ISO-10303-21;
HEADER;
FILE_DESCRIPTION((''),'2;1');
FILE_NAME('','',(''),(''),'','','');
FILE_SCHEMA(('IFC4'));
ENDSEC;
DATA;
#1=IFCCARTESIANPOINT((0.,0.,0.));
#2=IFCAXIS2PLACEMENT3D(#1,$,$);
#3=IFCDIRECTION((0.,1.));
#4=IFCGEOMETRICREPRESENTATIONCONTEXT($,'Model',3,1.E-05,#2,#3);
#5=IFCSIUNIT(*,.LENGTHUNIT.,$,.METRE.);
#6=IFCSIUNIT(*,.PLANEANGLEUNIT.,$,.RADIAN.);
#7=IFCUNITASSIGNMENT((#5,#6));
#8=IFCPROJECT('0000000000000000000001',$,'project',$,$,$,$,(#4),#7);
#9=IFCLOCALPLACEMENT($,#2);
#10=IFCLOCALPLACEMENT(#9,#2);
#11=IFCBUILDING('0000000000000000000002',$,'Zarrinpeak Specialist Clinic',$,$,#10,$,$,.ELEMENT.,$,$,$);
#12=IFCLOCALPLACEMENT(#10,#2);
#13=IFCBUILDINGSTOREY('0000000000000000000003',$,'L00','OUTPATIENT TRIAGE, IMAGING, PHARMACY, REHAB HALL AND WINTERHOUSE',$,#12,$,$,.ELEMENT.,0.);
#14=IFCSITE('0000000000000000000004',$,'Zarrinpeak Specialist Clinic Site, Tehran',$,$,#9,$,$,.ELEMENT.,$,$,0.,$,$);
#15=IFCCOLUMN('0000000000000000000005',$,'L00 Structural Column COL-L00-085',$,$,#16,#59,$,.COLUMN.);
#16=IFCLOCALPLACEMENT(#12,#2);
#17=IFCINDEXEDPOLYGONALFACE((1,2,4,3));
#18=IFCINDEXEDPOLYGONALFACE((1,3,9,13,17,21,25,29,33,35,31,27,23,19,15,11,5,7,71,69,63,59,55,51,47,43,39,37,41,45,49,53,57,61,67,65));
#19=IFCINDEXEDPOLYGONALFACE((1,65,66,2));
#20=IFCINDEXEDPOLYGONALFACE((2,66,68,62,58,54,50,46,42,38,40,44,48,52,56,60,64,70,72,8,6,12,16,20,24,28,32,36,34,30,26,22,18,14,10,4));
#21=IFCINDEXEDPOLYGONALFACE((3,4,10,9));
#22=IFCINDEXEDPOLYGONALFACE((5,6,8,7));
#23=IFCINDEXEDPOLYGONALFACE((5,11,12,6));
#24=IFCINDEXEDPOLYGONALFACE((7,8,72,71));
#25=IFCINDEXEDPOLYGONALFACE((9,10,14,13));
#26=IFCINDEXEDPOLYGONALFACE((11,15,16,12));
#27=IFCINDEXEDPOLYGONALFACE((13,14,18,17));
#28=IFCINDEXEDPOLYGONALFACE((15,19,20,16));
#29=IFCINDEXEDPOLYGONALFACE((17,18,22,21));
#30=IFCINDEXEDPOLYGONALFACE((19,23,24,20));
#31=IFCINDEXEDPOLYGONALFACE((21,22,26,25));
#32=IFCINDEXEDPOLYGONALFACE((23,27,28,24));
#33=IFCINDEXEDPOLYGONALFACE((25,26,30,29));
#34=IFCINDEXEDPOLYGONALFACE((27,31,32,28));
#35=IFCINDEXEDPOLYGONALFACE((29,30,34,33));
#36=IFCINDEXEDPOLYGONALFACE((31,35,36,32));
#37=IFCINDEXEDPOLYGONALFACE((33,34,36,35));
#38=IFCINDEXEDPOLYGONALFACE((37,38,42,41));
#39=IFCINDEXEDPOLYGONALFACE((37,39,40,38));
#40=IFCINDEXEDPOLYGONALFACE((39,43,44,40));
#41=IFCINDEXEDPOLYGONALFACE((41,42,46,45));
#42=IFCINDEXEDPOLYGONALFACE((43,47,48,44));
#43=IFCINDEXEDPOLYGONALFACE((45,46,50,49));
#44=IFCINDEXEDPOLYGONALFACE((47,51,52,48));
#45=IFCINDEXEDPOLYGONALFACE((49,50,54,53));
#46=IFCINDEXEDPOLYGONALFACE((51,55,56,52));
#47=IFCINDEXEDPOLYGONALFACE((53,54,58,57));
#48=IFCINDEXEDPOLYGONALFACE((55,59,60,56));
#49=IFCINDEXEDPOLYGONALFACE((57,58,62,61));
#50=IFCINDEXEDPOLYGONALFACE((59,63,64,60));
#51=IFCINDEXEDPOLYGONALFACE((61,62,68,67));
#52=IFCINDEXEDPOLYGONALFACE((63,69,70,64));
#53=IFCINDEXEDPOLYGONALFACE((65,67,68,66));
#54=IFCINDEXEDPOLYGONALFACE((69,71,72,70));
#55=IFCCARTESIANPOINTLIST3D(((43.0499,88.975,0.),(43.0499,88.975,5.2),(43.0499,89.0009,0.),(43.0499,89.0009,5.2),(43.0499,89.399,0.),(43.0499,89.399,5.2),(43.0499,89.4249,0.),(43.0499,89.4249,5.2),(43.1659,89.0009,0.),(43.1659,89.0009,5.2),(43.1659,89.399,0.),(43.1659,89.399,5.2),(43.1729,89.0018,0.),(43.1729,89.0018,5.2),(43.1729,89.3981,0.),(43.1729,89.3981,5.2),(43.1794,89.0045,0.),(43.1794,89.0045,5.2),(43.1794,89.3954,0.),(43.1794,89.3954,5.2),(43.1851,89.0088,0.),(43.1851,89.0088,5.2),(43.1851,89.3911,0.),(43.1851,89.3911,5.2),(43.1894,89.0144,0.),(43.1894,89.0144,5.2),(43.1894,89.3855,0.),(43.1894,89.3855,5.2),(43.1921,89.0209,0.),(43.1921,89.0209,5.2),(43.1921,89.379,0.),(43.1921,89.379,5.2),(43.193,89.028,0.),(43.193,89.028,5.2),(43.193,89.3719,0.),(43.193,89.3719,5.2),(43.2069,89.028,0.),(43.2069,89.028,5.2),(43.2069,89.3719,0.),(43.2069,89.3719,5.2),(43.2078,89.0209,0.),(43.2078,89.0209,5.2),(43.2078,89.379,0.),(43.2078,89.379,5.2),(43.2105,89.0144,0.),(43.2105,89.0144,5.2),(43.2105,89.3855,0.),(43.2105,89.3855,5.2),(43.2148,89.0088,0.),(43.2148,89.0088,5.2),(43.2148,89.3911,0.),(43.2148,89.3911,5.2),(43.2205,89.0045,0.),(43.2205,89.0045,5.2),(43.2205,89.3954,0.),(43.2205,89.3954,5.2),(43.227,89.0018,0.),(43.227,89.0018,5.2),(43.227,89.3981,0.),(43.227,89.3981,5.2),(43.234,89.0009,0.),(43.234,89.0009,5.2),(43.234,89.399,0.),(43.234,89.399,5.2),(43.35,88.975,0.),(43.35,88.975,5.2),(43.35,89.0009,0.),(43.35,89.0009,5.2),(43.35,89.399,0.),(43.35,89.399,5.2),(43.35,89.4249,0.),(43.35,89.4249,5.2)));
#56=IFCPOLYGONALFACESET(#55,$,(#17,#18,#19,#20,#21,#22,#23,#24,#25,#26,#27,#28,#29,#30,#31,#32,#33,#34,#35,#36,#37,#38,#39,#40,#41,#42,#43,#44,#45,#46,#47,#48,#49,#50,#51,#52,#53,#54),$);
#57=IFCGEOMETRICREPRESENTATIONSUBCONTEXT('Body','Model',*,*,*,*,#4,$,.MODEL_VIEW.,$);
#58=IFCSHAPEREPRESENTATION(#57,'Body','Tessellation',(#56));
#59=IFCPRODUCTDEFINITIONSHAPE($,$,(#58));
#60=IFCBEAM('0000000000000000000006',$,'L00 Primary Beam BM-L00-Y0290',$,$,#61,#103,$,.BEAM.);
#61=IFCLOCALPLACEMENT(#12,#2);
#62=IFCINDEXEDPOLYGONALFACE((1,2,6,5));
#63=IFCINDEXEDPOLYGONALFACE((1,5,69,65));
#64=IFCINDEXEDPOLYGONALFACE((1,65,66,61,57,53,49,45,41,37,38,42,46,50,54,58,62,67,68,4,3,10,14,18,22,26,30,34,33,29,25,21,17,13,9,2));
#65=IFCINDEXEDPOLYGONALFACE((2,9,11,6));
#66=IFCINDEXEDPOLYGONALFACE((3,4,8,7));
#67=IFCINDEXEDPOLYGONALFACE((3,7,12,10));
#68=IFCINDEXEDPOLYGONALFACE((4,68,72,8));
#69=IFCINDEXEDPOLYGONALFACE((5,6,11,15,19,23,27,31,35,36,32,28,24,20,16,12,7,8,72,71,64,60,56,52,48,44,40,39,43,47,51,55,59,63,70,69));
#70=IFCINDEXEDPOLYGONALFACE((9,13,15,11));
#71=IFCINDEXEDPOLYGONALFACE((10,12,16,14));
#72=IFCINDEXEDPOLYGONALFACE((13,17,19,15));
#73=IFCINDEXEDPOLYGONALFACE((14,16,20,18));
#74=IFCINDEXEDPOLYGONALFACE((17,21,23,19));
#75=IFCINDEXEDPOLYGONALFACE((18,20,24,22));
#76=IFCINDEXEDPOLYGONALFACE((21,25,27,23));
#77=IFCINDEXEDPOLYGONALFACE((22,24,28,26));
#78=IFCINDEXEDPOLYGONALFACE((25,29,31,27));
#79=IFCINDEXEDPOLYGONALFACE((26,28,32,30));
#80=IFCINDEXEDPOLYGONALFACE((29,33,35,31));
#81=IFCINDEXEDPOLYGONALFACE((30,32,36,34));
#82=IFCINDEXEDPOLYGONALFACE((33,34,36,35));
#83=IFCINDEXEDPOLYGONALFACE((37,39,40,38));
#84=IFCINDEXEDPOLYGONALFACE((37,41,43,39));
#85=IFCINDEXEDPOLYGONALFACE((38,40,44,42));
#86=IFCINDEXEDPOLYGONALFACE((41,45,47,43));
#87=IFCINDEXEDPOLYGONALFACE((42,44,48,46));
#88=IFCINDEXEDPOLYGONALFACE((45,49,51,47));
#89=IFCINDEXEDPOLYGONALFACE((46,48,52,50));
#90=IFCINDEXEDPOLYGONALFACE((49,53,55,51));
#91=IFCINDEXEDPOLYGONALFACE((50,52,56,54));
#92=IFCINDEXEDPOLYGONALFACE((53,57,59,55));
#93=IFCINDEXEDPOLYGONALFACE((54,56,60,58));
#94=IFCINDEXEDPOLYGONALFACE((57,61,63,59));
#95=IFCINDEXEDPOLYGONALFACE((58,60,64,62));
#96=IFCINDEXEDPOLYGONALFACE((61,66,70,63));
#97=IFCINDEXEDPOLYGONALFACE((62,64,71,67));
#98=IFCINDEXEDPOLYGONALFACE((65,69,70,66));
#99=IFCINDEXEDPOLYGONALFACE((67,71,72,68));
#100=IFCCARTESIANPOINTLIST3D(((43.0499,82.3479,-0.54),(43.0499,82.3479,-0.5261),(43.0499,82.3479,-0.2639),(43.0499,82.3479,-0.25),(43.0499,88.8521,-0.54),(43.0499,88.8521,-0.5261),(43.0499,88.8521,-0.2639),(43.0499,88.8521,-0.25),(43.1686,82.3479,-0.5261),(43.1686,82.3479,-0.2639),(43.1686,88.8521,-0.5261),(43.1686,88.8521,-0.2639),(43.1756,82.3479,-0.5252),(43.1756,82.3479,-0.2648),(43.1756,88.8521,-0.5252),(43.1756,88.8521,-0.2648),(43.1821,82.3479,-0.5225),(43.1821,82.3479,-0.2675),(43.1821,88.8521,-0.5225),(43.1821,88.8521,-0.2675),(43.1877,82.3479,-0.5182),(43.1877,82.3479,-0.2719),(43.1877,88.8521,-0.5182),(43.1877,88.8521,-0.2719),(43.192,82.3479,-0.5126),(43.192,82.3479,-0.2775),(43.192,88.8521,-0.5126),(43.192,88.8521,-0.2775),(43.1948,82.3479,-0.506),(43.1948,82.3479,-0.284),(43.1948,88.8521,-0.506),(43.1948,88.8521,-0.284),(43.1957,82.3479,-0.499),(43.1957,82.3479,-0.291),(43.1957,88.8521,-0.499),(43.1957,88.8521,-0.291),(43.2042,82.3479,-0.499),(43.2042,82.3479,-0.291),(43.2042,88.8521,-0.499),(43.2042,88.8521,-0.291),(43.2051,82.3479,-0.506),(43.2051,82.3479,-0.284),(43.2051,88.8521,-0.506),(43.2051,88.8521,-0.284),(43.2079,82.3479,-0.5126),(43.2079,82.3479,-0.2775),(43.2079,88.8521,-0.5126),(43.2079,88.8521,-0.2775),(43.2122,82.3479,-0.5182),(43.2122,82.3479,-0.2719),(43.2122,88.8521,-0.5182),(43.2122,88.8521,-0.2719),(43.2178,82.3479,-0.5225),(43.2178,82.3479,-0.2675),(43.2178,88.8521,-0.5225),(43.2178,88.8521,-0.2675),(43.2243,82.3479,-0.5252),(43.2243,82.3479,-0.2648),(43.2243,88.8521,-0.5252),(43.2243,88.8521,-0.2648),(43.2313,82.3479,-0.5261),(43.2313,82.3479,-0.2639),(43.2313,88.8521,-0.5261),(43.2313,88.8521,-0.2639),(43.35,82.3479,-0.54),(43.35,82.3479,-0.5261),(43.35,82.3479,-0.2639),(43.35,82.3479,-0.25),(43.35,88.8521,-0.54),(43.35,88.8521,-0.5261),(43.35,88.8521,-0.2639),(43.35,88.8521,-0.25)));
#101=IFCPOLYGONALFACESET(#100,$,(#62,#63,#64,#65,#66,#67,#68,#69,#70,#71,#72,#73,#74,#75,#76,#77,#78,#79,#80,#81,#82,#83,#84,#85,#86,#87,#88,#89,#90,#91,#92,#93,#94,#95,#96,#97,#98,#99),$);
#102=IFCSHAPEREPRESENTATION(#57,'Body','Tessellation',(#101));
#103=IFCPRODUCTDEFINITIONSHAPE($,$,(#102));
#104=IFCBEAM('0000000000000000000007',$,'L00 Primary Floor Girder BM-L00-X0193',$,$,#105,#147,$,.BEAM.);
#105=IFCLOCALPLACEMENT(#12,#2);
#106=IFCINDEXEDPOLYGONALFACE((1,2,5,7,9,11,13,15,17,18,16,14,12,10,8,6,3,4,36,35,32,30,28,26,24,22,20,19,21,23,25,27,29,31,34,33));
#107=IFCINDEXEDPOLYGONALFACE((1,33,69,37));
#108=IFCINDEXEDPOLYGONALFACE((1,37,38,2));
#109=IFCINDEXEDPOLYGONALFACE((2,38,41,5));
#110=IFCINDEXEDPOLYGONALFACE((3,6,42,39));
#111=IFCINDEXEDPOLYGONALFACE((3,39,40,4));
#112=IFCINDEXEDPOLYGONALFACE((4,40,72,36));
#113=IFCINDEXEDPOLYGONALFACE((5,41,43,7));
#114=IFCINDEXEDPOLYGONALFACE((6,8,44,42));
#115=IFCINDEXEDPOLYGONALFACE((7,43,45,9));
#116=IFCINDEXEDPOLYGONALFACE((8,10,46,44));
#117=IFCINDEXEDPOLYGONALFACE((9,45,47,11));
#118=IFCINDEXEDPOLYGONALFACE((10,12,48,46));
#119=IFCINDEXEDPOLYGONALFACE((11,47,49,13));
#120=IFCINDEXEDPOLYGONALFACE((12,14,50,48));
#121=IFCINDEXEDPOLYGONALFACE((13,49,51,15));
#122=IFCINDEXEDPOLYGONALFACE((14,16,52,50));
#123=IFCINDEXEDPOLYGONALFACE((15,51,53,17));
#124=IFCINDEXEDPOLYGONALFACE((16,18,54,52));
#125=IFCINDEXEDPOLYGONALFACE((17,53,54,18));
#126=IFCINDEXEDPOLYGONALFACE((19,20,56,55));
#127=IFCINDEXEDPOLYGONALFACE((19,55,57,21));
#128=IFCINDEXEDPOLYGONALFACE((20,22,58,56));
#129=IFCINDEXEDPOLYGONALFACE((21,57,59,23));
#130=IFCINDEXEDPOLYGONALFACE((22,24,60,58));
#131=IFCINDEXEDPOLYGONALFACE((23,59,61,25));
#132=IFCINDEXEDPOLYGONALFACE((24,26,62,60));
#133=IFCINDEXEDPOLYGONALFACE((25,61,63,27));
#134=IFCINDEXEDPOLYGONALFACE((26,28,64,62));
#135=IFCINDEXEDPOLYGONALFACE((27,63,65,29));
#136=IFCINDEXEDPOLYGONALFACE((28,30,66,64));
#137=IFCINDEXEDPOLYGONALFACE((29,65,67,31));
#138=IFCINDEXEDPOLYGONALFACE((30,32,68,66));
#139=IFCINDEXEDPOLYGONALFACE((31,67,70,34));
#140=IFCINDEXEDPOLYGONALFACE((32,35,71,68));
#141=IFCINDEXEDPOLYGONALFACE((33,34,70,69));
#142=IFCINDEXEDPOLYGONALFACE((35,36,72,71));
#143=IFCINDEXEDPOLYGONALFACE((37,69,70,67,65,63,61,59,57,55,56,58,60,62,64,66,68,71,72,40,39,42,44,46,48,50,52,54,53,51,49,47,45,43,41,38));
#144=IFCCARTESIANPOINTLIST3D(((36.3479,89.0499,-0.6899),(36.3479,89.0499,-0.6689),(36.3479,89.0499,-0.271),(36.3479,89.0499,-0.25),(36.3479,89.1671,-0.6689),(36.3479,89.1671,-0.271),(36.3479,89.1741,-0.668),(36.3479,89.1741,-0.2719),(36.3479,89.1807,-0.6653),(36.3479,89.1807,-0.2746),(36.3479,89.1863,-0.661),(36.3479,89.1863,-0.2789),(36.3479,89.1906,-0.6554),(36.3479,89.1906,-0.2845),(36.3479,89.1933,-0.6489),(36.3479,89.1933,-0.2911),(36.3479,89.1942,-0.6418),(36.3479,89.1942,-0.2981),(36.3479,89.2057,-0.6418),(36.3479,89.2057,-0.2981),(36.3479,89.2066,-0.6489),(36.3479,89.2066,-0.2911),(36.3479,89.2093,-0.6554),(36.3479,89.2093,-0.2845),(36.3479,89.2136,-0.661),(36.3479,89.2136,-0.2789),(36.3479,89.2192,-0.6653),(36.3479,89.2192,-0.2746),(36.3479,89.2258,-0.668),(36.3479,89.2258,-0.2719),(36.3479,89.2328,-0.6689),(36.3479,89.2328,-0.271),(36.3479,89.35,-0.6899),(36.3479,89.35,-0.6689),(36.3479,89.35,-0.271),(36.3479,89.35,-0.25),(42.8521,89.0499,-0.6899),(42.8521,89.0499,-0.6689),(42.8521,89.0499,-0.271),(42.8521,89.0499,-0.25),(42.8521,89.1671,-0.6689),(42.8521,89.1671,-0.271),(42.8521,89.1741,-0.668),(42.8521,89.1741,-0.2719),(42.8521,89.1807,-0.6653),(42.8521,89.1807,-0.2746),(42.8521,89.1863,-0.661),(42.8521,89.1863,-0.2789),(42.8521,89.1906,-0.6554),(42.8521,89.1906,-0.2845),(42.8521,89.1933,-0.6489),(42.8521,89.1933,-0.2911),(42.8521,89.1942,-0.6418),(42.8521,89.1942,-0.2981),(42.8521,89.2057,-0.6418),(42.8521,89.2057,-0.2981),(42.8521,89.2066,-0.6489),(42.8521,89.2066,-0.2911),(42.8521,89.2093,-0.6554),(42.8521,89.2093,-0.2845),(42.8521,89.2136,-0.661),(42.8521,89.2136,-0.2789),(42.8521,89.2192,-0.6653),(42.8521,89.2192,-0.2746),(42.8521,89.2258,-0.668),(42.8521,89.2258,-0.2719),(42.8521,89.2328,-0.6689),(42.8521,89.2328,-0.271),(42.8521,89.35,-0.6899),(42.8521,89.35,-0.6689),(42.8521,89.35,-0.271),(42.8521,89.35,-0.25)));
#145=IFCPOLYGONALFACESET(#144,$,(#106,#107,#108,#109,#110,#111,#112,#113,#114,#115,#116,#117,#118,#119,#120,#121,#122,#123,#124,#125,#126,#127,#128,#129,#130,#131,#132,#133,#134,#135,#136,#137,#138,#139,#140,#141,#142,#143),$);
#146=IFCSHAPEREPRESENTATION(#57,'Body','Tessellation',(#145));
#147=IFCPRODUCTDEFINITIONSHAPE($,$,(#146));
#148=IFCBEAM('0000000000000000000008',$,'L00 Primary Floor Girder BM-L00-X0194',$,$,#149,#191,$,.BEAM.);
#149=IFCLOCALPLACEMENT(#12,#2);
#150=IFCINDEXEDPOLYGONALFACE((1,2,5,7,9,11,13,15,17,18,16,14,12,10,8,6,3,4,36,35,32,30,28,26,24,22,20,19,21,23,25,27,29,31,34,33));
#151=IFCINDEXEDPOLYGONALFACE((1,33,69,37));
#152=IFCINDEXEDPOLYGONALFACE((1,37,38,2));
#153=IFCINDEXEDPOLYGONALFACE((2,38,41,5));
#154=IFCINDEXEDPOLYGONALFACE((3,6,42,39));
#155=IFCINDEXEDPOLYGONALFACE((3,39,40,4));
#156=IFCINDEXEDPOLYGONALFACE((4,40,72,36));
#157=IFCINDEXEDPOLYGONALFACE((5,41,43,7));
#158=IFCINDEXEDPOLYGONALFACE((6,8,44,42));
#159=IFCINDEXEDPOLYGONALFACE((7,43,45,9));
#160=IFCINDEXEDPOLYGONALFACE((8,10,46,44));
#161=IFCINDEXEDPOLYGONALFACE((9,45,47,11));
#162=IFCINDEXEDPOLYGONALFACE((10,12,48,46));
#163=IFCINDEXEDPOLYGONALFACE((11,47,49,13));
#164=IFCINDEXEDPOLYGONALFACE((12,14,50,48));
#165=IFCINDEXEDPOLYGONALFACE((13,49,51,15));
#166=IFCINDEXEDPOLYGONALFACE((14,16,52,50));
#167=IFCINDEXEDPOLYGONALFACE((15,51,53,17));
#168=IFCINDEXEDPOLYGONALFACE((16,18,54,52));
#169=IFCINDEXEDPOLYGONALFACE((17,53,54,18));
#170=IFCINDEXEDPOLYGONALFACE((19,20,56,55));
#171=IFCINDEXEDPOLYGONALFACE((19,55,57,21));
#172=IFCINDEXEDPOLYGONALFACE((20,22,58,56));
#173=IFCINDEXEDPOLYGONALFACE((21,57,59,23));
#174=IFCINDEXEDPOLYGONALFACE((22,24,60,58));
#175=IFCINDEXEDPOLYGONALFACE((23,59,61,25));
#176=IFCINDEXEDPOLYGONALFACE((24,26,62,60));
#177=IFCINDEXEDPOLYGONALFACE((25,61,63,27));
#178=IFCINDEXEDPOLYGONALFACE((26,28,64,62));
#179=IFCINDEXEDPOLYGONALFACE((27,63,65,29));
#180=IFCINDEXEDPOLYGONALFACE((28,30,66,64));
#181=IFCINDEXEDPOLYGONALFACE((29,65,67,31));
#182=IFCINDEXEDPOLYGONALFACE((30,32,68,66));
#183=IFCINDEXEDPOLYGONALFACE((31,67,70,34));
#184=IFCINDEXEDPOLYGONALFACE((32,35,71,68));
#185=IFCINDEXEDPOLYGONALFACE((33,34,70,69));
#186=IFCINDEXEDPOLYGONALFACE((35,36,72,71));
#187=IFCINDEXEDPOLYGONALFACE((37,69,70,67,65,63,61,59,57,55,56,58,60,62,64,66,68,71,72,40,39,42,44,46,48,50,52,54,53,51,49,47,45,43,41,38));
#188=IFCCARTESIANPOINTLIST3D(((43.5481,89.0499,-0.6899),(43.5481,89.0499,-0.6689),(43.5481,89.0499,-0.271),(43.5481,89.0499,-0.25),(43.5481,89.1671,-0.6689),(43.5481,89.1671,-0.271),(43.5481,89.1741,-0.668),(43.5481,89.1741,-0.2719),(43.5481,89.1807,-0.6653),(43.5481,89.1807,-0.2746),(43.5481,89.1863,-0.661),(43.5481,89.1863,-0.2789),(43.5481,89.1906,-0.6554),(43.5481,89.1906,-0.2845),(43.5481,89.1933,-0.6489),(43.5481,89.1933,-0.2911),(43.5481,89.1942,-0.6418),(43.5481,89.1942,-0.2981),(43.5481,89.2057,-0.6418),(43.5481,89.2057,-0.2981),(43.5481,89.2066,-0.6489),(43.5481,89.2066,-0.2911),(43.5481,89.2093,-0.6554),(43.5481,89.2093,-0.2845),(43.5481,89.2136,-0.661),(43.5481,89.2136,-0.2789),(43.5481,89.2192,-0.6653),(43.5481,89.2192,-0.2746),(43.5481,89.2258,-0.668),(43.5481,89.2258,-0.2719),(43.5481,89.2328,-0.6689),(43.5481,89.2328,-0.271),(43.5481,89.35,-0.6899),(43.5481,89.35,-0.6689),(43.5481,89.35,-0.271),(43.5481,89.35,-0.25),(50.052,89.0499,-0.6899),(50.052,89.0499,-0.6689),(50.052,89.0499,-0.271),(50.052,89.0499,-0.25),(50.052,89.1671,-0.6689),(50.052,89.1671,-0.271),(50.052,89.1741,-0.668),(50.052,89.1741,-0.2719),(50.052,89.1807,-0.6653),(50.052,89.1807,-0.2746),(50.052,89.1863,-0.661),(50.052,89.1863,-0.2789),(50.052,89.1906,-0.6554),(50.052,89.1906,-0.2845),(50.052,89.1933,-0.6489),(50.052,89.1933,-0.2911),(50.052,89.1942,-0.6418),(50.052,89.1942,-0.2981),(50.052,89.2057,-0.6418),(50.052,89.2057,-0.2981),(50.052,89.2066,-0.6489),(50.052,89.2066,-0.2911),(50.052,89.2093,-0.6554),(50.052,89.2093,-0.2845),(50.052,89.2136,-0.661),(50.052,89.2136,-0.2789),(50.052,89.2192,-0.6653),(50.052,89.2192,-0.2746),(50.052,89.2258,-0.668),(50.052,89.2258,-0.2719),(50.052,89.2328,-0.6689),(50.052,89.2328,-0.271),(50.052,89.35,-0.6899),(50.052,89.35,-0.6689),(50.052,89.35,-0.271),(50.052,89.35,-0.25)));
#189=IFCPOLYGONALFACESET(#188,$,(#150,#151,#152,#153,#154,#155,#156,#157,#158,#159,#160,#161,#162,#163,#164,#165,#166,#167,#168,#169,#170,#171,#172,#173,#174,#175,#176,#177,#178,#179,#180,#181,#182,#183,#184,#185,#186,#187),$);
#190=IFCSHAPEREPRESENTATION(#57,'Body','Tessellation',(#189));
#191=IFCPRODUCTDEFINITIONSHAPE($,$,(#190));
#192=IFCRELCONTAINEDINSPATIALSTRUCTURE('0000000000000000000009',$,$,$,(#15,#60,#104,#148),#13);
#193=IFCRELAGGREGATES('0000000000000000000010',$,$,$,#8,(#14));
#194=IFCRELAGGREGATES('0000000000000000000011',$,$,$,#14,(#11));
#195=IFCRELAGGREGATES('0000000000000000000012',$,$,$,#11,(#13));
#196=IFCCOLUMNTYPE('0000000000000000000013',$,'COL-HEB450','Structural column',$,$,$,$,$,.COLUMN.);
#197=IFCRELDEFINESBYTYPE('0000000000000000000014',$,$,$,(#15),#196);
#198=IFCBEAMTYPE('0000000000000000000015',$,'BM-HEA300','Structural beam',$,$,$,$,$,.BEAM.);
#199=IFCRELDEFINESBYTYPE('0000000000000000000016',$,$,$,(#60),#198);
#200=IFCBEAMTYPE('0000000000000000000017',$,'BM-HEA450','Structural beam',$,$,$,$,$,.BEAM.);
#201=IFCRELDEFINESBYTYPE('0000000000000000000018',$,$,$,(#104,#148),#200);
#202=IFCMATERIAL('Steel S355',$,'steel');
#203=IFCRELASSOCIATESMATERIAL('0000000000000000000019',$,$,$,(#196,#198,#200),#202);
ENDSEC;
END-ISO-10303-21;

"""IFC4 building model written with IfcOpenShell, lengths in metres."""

from ifc_helpers import new_model, si_unit, direction, frame, origin, origin_2d, place, context, subcontext, project, spatial, i_section, extrude, material, material_profile, profile_set, type_object, element, save


model = new_model("IFC4")

# Units and contexts
model_context = context("Model", 3, precision=1e-05, world=origin(), true_north=direction((0.0, 1.0)))
body_context = subcontext(model_context, "Body", "Model", "MODEL_VIEW")
ifc_project = project(units=[si_unit("LENGTHUNIT", "METRE"), si_unit("PLANEANGLEUNIT", "RADIAN")], contexts=[model_context])

# Site, building, storey
site_placement = place(None, origin())
site = spatial("IfcSite", under=ifc_project, at=site_placement, Name="Zarrinpeak Specialist Clinic Site, Tehran", CompositionType="ELEMENT", RefElevation=0.0)
building_placement = place(site_placement, origin())
building = spatial("IfcBuilding", under=site, at=building_placement, Name="Zarrinpeak Specialist Clinic", CompositionType="ELEMENT")
storey_placement = place(building_placement, origin())
storey = spatial("IfcBuildingStorey", under=building, at=storey_placement, Name="L00", Description="OUTPATIENT TRIAGE, IMAGING, PHARMACY, REHAB HALL AND WINTERHOUSE", CompositionType="ELEMENT", Elevation=0.0)

# Column
ifc_material_1 = material(Name="Steel S355", Category="steel")
ifc_material_profile_1 = material_profile(ifc_material_1, i_section(OverallWidth=0.3, OverallDepth=0.45, WebThickness=0.0139, FlangeThickness=0.0259, FilletRadius=0.0271, at=origin_2d()), Name="HEB 450")
ifc_profile_set_1 = profile_set([ifc_material_profile_1], Name="Steel S355")
column_type = type_object("IfcColumnType", Name="COL-HEB450", Description="Structural column", PredefinedType="COLUMN", material=ifc_profile_set_1)
column_placement = place(storey_placement, frame((43.2, 89.2, 0.0), z_axis=(0.0, 0.0, 1.0), x_axis=(1.0, 0.0, 0.0)))
element("IfcColumn", 1, at=column_placement, inside=storey, type_object=column_type, Name="L00 Structural Column COL-L00-085", PredefinedType="COLUMN", context=body_context, shape_type="SweptSolid", body=[
    extrude(i_section(OverallWidth=0.3, OverallDepth=0.45, WebThickness=0.0139, FlangeThickness=0.0259, FilletRadius=0.0271, at=origin_2d()), origin(), (0.0, 0.0, 1.0), 5.2),
])

# Beams
ifc_material_profile_2 = material_profile(ifc_material_1, i_section(OverallWidth=0.3, OverallDepth=0.29, WebThickness=0.0085, FlangeThickness=0.0139, FilletRadius=0.0271, at=origin_2d()), Name="HEA 300")
ifc_profile_set_2 = profile_set([ifc_material_profile_2], Name="Steel S355")
beam_type_1 = type_object("IfcBeamType", Name="BM-HEA300", Description="Structural beam", PredefinedType="BEAM", material=ifc_profile_set_2)
beam_1_placement = place(storey_placement, frame((43.2, 82.3479, -0.395), z_axis=(0.0, 1.0, 0.0), x_axis=(-1.0, 0.0, 0.0)))
element("IfcBeam", 2, at=beam_1_placement, inside=storey, type_object=beam_type_1, Name="L00 Primary Beam BM-L00-Y0290", PredefinedType="BEAM", context=body_context, shape_type="SweptSolid", body=[
    extrude(i_section(OverallWidth=0.3, OverallDepth=0.29, WebThickness=0.0085, FlangeThickness=0.0139, FilletRadius=0.0271, at=origin_2d()), origin(), (0.0, 0.0, 1.0), 6.5042),
])
ifc_material_profile_3 = material_profile(ifc_material_1, i_section(OverallWidth=0.3, OverallDepth=0.4399, WebThickness=0.0115, FlangeThickness=0.021, FilletRadius=0.0271, at=origin_2d()), Name="HEA 450")
ifc_profile_set_3 = profile_set([ifc_material_profile_3], Name="Steel S355")
beam_type_2 = type_object("IfcBeamType", Name="BM-HEA450", Description="Structural beam", PredefinedType="BEAM", material=ifc_profile_set_3)
beam_2_placement = place(storey_placement, frame((36.3479, 89.2, -0.47), z_axis=(1.0, 0.0, 0.0), x_axis=(0.0, 1.0, 0.0)))
element("IfcBeam", 3, at=beam_2_placement, inside=storey, type_object=beam_type_2, Name="L00 Primary Floor Girder BM-L00-X0193", PredefinedType="BEAM", context=body_context, shape_type="SweptSolid", body=[
    extrude(i_section(OverallWidth=0.3, OverallDepth=0.4399, WebThickness=0.0115, FlangeThickness=0.021, FilletRadius=0.0271, at=origin_2d()), origin(), (0.0, 0.0, 1.0), 6.5042),
])
beam_3_placement = place(storey_placement, frame((43.5481, 89.2, -0.47), z_axis=(1.0, 0.0, 0.0), x_axis=(0.0, 1.0, 0.0)))
element("IfcBeam", 4, at=beam_3_placement, inside=storey, type_object=beam_type_2, Name="L00 Primary Floor Girder BM-L00-X0194", PredefinedType="BEAM", context=body_context, shape_type="SweptSolid", body=[
    extrude(i_section(OverallWidth=0.3, OverallDepth=0.4399, WebThickness=0.0115, FlangeThickness=0.021, FilletRadius=0.0271, at=origin_2d()), origin(), (0.0, 0.0, 1.0), 6.5039),
])

save(model, "model.ifc")
